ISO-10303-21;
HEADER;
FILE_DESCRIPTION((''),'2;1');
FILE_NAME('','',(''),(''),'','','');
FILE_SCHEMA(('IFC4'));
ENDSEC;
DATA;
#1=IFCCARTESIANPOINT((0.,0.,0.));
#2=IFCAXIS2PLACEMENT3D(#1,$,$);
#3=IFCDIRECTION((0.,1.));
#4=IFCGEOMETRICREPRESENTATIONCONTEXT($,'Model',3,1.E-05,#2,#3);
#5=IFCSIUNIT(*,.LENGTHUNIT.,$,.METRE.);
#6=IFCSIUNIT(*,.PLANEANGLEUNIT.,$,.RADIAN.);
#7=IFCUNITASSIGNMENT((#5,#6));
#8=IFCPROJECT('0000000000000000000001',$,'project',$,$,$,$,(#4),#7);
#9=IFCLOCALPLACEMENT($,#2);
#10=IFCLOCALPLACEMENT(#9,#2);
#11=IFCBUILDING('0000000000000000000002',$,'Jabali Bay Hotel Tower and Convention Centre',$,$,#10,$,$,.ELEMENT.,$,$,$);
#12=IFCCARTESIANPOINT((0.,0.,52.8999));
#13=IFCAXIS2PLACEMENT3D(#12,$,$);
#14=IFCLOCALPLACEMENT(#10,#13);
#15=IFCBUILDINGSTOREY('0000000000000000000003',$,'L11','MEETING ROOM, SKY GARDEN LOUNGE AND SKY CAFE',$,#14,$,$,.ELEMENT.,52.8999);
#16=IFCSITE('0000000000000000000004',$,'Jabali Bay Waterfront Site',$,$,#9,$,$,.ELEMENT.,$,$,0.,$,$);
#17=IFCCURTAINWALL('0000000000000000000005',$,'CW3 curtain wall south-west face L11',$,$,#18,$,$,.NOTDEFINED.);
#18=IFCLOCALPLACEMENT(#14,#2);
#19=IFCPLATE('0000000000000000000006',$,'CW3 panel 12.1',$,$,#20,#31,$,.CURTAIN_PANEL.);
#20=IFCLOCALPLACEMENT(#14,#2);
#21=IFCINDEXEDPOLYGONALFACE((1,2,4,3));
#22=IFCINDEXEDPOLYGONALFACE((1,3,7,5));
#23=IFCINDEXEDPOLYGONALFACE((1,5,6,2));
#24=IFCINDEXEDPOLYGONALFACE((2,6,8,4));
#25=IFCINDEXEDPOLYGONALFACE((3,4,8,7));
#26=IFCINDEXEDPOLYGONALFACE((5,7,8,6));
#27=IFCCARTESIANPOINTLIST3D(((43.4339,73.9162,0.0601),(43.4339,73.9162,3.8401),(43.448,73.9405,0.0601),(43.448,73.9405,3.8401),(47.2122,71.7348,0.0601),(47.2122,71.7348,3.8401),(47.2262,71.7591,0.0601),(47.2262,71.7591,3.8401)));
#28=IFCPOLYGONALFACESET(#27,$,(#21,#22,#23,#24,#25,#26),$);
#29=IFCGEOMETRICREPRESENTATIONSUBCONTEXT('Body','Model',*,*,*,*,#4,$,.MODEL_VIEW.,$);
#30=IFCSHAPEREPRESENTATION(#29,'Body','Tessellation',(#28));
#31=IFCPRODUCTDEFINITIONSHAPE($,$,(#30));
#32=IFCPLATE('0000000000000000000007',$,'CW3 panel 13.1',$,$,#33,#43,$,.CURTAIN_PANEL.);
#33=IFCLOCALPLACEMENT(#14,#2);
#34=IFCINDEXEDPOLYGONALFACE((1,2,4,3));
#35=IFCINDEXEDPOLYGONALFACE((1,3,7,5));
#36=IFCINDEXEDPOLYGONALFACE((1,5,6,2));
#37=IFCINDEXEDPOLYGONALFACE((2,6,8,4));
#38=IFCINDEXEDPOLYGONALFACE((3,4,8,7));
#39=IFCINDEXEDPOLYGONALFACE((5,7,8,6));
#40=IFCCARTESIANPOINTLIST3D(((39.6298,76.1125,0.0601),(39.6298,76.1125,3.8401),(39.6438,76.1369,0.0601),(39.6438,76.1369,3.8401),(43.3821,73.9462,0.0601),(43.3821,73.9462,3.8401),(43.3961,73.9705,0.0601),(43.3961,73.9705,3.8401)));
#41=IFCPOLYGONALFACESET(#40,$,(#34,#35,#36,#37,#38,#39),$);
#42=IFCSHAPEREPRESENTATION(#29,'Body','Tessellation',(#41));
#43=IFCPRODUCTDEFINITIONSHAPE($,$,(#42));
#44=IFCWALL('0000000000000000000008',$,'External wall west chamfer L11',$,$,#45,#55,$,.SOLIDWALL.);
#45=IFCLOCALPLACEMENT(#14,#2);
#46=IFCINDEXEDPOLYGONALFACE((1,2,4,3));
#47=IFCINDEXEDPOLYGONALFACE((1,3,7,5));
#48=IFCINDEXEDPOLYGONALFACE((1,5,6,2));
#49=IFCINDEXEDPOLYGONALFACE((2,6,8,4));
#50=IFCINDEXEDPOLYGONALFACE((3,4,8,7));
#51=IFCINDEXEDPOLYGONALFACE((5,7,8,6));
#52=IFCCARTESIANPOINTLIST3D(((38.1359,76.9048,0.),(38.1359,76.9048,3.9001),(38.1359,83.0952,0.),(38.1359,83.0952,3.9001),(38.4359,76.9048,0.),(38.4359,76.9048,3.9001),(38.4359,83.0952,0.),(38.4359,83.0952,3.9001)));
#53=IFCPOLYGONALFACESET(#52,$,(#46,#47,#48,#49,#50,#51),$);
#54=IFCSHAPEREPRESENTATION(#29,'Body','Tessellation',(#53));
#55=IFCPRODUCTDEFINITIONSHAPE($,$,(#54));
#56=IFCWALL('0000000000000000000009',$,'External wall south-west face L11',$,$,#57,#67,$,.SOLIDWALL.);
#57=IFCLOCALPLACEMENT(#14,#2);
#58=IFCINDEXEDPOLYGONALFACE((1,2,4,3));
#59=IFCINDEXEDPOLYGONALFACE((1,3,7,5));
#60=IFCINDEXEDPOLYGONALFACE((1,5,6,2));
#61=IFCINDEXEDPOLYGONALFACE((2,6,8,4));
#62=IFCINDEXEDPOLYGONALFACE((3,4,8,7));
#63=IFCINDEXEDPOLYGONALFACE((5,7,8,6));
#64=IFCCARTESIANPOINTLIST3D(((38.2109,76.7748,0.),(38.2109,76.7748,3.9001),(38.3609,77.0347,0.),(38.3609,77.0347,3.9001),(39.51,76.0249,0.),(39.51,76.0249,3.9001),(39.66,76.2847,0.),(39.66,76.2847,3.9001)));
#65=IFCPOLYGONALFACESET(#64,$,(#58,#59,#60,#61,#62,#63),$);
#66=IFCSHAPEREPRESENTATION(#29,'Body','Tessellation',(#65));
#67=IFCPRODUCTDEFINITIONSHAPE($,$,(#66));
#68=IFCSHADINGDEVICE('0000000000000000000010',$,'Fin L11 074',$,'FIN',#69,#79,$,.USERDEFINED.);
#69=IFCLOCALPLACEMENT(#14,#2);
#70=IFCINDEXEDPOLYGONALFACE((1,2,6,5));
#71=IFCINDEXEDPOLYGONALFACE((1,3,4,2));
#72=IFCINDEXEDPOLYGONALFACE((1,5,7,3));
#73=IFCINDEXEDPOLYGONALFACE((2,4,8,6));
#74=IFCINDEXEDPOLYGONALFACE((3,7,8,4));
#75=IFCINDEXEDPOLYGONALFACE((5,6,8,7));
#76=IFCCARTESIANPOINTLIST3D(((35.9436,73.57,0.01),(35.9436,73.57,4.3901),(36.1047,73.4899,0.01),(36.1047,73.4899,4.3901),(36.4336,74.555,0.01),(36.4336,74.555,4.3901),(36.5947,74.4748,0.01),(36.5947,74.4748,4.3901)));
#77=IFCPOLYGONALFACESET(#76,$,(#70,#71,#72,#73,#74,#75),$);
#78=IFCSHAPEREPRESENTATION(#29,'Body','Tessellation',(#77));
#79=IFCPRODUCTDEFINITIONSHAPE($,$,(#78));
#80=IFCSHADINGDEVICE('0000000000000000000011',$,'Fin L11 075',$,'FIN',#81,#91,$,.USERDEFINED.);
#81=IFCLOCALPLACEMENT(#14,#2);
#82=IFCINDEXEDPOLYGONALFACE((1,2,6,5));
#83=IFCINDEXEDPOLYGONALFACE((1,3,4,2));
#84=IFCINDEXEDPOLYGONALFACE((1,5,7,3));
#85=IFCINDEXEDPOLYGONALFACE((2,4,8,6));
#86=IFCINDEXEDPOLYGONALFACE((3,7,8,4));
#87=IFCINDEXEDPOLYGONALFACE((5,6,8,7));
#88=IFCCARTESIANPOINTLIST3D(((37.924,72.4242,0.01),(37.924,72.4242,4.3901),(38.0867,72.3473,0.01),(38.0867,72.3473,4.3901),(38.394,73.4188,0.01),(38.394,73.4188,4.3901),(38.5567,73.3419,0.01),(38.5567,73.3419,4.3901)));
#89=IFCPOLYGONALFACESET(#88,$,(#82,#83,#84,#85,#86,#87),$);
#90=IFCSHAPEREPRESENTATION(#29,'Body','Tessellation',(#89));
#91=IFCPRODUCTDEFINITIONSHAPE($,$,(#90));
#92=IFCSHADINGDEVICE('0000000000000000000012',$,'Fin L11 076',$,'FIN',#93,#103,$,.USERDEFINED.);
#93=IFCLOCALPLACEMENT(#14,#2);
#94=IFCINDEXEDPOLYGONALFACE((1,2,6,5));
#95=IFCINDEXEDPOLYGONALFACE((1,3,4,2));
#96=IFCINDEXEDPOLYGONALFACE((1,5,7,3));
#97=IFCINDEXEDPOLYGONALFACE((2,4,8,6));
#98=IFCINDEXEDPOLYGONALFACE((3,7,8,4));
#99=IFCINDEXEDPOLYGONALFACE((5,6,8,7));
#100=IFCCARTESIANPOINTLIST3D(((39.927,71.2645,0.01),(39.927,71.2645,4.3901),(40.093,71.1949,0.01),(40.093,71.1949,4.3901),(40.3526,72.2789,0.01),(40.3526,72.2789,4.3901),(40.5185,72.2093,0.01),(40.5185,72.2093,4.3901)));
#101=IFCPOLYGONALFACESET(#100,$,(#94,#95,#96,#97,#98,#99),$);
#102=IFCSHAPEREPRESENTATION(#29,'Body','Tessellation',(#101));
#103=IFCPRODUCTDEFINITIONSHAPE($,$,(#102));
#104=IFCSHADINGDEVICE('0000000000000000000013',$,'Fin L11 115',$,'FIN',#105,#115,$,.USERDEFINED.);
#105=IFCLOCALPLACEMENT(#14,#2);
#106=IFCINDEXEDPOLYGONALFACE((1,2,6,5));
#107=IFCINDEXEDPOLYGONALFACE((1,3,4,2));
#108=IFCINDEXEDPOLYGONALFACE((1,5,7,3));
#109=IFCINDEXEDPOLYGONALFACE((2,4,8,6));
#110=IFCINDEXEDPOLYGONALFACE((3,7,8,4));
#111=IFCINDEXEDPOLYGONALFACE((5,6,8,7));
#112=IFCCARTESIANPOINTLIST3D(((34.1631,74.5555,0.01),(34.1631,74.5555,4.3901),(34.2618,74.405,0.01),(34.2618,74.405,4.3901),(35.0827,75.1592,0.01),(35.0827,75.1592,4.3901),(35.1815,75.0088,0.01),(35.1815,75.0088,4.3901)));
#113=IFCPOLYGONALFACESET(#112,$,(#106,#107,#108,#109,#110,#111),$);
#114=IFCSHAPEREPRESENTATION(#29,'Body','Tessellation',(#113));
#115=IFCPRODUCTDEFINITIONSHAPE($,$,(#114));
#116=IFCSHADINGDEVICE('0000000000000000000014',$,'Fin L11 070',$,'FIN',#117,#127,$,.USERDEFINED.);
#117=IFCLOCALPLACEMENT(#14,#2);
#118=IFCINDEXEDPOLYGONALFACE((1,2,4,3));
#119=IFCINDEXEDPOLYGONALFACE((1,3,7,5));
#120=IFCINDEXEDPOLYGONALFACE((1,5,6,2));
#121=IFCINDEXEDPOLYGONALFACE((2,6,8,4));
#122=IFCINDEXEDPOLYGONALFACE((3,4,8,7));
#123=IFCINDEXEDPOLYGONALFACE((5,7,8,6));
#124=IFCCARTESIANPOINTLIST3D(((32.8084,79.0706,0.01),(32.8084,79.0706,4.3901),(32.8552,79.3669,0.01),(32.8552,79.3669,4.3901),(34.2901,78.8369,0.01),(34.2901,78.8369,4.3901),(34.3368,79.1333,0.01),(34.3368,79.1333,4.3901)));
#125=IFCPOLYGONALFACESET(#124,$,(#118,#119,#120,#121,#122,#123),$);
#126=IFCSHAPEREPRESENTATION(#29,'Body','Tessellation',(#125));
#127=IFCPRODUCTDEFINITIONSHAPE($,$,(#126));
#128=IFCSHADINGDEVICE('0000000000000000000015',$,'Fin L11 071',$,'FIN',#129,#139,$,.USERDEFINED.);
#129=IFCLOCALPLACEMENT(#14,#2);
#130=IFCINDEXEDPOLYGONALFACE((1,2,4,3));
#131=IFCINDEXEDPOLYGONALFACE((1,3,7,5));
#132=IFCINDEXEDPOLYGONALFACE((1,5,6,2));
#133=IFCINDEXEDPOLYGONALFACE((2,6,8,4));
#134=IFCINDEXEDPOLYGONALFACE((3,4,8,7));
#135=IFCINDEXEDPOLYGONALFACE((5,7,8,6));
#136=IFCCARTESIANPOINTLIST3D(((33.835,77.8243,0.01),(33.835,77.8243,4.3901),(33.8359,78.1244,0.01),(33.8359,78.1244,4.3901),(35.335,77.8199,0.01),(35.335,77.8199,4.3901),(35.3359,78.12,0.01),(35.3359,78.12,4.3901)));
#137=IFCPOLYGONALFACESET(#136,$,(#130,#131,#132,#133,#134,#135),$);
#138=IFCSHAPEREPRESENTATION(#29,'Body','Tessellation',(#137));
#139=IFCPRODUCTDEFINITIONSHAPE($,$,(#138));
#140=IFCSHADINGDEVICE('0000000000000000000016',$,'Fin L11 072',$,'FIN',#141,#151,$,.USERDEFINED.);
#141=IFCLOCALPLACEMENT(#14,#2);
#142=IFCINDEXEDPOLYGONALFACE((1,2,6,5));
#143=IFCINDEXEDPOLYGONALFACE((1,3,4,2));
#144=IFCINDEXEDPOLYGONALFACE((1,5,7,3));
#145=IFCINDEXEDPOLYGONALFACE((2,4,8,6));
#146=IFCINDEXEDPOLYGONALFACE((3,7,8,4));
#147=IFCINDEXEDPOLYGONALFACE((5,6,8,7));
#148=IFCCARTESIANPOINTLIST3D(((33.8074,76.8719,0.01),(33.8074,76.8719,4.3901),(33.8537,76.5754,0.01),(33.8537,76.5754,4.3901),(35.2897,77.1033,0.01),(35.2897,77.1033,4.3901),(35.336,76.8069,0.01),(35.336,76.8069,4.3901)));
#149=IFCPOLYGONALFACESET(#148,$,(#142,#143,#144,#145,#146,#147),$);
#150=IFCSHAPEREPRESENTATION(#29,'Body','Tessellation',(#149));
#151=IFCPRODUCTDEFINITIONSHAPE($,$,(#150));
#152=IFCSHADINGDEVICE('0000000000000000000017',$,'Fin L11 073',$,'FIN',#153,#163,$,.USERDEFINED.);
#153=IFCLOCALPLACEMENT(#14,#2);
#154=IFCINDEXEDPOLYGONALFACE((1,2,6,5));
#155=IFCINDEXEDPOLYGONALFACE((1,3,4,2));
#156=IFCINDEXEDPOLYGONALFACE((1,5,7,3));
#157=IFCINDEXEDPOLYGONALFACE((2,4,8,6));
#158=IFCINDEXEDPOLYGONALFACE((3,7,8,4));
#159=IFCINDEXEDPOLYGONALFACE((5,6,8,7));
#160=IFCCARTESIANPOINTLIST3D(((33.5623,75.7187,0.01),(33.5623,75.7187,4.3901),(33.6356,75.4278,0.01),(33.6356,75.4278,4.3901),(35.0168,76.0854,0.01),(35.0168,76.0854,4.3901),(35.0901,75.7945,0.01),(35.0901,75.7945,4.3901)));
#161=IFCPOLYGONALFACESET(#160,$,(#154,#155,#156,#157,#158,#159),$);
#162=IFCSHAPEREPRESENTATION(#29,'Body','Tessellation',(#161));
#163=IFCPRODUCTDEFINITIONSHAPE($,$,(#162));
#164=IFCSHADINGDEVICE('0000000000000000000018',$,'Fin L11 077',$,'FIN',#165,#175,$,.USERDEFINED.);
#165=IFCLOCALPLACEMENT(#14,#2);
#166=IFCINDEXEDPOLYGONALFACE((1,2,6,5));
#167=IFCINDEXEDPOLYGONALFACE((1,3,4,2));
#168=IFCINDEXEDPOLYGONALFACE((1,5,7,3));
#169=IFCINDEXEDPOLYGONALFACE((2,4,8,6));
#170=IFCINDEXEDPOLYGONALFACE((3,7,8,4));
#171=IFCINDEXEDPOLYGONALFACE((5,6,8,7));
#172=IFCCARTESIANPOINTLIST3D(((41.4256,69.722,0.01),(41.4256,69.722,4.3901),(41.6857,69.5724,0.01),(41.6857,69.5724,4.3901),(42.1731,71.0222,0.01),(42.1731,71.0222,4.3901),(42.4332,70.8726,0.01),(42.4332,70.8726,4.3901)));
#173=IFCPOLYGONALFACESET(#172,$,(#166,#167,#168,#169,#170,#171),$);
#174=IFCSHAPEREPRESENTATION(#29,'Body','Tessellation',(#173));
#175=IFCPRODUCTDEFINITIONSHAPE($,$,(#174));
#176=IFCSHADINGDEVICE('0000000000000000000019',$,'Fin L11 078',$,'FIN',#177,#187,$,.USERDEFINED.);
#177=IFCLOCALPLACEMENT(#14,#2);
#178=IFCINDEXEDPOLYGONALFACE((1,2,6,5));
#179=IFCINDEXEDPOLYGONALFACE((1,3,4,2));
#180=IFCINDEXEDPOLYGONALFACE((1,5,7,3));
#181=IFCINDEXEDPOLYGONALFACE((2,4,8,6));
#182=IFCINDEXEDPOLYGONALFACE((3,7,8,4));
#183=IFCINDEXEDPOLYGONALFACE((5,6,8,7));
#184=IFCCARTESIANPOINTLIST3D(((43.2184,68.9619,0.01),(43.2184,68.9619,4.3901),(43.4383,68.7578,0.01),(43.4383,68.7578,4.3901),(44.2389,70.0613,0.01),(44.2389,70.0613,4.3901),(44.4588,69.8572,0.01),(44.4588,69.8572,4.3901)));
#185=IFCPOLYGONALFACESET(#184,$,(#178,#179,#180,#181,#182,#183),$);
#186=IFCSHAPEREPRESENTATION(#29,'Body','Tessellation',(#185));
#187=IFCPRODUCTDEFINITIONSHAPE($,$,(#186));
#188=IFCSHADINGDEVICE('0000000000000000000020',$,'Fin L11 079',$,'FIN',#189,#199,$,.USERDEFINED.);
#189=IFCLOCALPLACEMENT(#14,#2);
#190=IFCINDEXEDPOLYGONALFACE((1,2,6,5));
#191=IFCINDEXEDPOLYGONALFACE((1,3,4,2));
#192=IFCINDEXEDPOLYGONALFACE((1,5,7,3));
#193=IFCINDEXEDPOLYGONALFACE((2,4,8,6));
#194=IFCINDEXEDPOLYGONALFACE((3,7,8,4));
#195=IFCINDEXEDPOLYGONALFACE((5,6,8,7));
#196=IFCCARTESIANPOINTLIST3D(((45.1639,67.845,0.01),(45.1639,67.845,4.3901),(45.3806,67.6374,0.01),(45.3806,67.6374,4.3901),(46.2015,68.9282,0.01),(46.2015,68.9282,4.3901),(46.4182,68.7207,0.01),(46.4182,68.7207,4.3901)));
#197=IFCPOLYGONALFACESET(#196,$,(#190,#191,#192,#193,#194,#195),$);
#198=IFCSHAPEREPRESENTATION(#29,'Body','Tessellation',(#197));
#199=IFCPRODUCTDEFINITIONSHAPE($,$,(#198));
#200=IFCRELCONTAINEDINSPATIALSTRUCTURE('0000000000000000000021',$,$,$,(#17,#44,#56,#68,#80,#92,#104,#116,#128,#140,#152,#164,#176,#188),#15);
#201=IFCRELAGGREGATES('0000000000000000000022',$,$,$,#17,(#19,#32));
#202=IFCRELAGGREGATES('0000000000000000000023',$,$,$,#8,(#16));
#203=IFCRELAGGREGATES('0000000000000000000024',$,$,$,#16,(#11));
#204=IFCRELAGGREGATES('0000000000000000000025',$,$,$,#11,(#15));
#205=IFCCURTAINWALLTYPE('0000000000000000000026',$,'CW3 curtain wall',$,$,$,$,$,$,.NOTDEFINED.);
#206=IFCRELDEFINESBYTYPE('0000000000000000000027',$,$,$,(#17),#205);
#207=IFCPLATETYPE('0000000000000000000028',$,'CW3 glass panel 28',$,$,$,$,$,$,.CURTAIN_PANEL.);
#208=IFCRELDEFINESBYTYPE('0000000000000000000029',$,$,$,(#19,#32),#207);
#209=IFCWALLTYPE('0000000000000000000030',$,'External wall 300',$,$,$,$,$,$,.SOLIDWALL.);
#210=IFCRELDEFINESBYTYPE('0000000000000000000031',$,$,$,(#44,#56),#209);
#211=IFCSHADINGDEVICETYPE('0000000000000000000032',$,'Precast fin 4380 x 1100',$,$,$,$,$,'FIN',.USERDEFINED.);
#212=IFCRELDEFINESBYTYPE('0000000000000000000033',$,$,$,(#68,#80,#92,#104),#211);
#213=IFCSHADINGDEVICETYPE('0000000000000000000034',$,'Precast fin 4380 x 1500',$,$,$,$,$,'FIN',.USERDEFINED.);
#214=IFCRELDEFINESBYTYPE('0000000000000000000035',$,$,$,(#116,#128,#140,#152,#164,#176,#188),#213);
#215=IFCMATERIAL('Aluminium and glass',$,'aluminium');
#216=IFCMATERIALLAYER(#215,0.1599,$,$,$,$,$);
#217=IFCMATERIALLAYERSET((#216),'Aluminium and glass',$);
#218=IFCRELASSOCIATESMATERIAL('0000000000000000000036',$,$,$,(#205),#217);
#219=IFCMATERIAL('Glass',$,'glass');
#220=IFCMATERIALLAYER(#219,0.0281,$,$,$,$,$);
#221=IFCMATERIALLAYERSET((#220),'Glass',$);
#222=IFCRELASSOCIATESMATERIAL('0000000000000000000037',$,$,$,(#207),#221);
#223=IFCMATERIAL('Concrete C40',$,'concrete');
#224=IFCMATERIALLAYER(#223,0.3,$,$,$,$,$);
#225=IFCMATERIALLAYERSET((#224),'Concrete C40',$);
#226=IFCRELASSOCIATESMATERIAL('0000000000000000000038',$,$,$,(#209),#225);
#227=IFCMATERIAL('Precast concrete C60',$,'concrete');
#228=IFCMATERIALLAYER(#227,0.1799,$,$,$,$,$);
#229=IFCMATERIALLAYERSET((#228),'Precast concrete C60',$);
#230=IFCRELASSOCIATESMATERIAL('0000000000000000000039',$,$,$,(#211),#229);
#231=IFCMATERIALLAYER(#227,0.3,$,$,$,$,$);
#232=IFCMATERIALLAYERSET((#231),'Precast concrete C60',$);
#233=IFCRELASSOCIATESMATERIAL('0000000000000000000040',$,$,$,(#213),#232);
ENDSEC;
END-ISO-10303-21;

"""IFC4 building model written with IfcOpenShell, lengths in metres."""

from ifc_helpers import new_model, si_unit, direction, frame, frame_2d, origin, origin_2d, place, context, subcontext, project, spatial, rectangle, extrude, material, layer, layer_set, type_object, element, aggregate, save


model = new_model("IFC4")

# Units and contexts
model_context = context("Model", 3, precision=1e-05, world=origin(), true_north=direction((0.0, 1.0)))
body_context = subcontext(model_context, "Body", "Model", "MODEL_VIEW")
ifc_project = project(units=[si_unit("LENGTHUNIT", "METRE"), si_unit("PLANEANGLEUNIT", "RADIAN")], contexts=[model_context])

# Site, building, storey
site_placement = place(None, origin())
site = spatial("IfcSite", under=ifc_project, at=site_placement, Name="Jabali Bay Waterfront Site", CompositionType="ELEMENT", RefElevation=0.0)
building_placement = place(site_placement, origin())
building = spatial("IfcBuilding", under=site, at=building_placement, Name="Jabali Bay Hotel Tower and Convention Centre", CompositionType="ELEMENT")
storey_placement = place(building_placement, frame((0.0, 0.0, 52.8999)))
storey = spatial("IfcBuildingStorey", under=building, at=storey_placement, Name="L11", Description="MEETING ROOM, SKY GARDEN LOUNGE AND SKY CAFE", CompositionType="ELEMENT", Elevation=52.8999)

# Curtain wall
ifc_material_1 = material(Name="Aluminium and glass", Category="aluminium")
ifc_layer_1 = layer(ifc_material_1, 0.1599)
ifc_layer_set_1 = layer_set([ifc_layer_1], Name="Aluminium and glass")
curtain_wall_type = type_object("IfcCurtainWallType", Name="CW3 curtain wall", PredefinedType="NOTDEFINED", material=ifc_layer_set_1)
curtain_wall_placement = place(storey_placement, origin())
curtain_wall = element("IfcCurtainWall", 1, at=curtain_wall_placement, inside=storey, type_object=curtain_wall_type, Name="CW3 curtain wall south-west face L11", PredefinedType="NOTDEFINED")

# Plates
ifc_material_2 = material(Name="Glass", Category="glass")
ifc_layer_2 = layer(ifc_material_2, 0.0281)
ifc_layer_set_2 = layer_set([ifc_layer_2], Name="Glass")
plate_type = type_object("IfcPlateType", Name="CW3 glass panel 28", PredefinedType="CURTAIN_PANEL", material=ifc_layer_set_2)
plate_1_placement = place(storey_placement, frame((45.3301, 72.8376, 0.0601), z_axis=(0.0, 0.0, 1.0), x_axis=(-0.866025, 0.5, 0.0)))
plate_1 = element("IfcPlate", 2, at=plate_1_placement, type_object=plate_type, Name="CW3 panel 12.1", PredefinedType="CURTAIN_PANEL", context=body_context, shape_type="SweptSolid", body=[
    extrude(rectangle(XDim=4.3628, YDim=0.0281, at=origin_2d()), origin(), (0.0, 0.0, 1.0), 3.78),
])
plate_2_placement = place(storey_placement, frame((41.5129, 75.0415, 0.0601), z_axis=(0.0, 0.0, 1.0), x_axis=(-0.866025, 0.5, 0.0)))
plate_2 = element("IfcPlate", 3, at=plate_2_placement, type_object=plate_type, Name="CW3 panel 13.1", PredefinedType="CURTAIN_PANEL", context=body_context, shape_type="SweptSolid", body=[
    extrude(rectangle(XDim=4.3328, YDim=0.0281, at=origin_2d()), origin(), (0.0, 0.0, 1.0), 3.78),
])
aggregate(curtain_wall, [plate_1, plate_2])

# Walls
ifc_material_3 = material(Name="Concrete C40", Category="concrete")
ifc_layer_3 = layer(ifc_material_3, 0.3)
ifc_layer_set_3 = layer_set([ifc_layer_3], Name="Concrete C40")
wall_type = type_object("IfcWallType", Name="External wall 300", PredefinedType="SOLIDWALL", material=ifc_layer_set_3)
wall_1_placement = place(storey_placement, frame((38.2859, 76.9048, 0.0), z_axis=(0.0, 0.0, 1.0), x_axis=(0.0, 1.0, 0.0)))
element("IfcWall", 4, at=wall_1_placement, inside=storey, type_object=wall_type, Name="External wall west chamfer L11", PredefinedType="SOLIDWALL", context=body_context, shape_type="SweptSolid", body=[
    extrude(rectangle(XDim=6.1904, YDim=0.3, at=frame_2d((3.0952, 0.0))), origin(), (0.0, 0.0, 1.0), 3.9001),
])
wall_2_placement = place(storey_placement, frame((39.585, 76.1548, 0.0), z_axis=(0.0, 0.0, 1.0), x_axis=(-0.866031, 0.49999, 0.0)))
element("IfcWall", 5, at=wall_2_placement, inside=storey, type_object=wall_type, Name="External wall south-west face L11", PredefinedType="SOLIDWALL", context=body_context, shape_type="SweptSolid", body=[
    extrude(rectangle(XDim=1.5, YDim=0.3, at=frame_2d((0.75, 0.0))), origin(), (0.0, 0.0, 1.0), 3.9001),
])

# Shading devices
ifc_material_4 = material(Name="Precast concrete C60", Category="concrete")
ifc_layer_4 = layer(ifc_material_4, 0.1799)
ifc_layer_set_4 = layer_set([ifc_layer_4], Name="Precast concrete C60")
shading_device_type_1 = type_object("IfcShadingDeviceType", Name="Precast fin 4380 x 1100", ElementType="FIN", PredefinedType="USERDEFINED", material=ifc_layer_set_4)
for number, where, z_axis, x_axis, name in (
    (6, (36.5142, 74.5149, 0.01), (0.0, 0.0, 1.0), (-0.445437, -0.895313, 0.0), "Fin L11 074"),
    (7, (38.4753, 73.3804, 0.01), (0.0, 0.0, 1.0), (-0.427218, -0.904149, 0.0), "Fin L11 075"),
    (8, (40.4355, 72.2441, 0.01), (0.0, 0.0, 1.0), (-0.386836, -0.922148, 0.0), "Fin L11 076"),
    (9, (35.1321, 75.084, 0.01), (0.0, 0.0, 1.0), (-0.835956, -0.548797, 0.0), "Fin L11 115"),
):
    element("IfcShadingDevice", number, at=place(storey_placement, frame(where, z_axis=z_axis, x_axis=x_axis)), inside=storey, type_object=shading_device_type_1, Name=name, ObjectType="FIN", PredefinedType="USERDEFINED", context=body_context, shape_type="SweptSolid", body=[
        extrude(rectangle(XDim=1.1001, YDim=0.1799, at=frame_2d((0.55, 0.0))), origin(), (0.0, 0.0, 1.0), 4.3801),
    ])
ifc_layer_5 = layer(ifc_material_4, 0.3)
ifc_layer_set_5 = layer_set([ifc_layer_5], Name="Precast concrete C60")
shading_device_type_2 = type_object("IfcShadingDeviceType", Name="Precast fin 4380 x 1500", ElementType="FIN", PredefinedType="USERDEFINED", material=ifc_layer_set_5)
for number, where, z_axis, x_axis, name in (
    (10, (34.3135, 78.9851, 0.01), (0.0, 0.0, 1.0), (-0.987795, 0.155762, 0.0), "Fin L11 070"),
    (11, (35.3354, 77.97, 0.01), (0.0, 0.0, 1.0), (-0.999996, 0.00293, 0.0), "Fin L11 071"),
):
    element("IfcShadingDevice", number, at=place(storey_placement, frame(where, z_axis=z_axis, x_axis=x_axis)), inside=storey, type_object=shading_device_type_2, Name=name, ObjectType="FIN", PredefinedType="USERDEFINED", context=body_context, shape_type="SweptSolid", body=[
        extrude(rectangle(XDim=1.5, YDim=0.3, at=frame_2d((0.75, 0.0))), origin(), (0.0, 0.0, 1.0), 4.3801),
    ])
shading_device_1_placement = place(storey_placement, frame((35.3127, 76.9551, 0.01), z_axis=(0.0, 0.0, 1.0), x_axis=(-0.988027, -0.154283, 0.0)))
element("IfcShadingDevice", 12, at=shading_device_1_placement, inside=storey, type_object=shading_device_type_2, Name="Fin L11 072", ObjectType="FIN", PredefinedType="USERDEFINED", context=body_context, shape_type="SweptSolid", body=[
    extrude(rectangle(XDim=1.5002, YDim=0.3, at=frame_2d((0.75, 0.0))), origin(), (0.0, 0.0, 1.0), 4.3801),
])
shading_device_2_placement = place(storey_placement, frame((35.0535, 75.9399, 0.01), z_axis=(0.0, 0.0, 1.0), x_axis=(-0.969662, -0.24445, 0.0)))
element("IfcShadingDevice", 13, at=shading_device_2_placement, inside=storey, type_object=shading_device_type_2, Name="Fin L11 073", ObjectType="FIN", PredefinedType="USERDEFINED", context=body_context, shape_type="SweptSolid", body=[
    extrude(rectangle(XDim=1.5, YDim=0.3, at=frame_2d((0.75, 0.0))), origin(), (0.0, 0.0, 1.0), 4.3801),
])
shading_device_3_placement = place(storey_placement, frame((42.3032, 70.9475, 0.01), z_axis=(0.0, 0.0, 1.0), x_axis=(-0.498416, -0.866938, 0.0)))
element("IfcShadingDevice", 14, at=shading_device_3_placement, inside=storey, type_object=shading_device_type_2, Name="Fin L11 077", ObjectType="FIN", PredefinedType="USERDEFINED", context=body_context, shape_type="SweptSolid", body=[
    extrude(rectangle(XDim=1.4998, YDim=0.3, at=frame_2d((0.75, 0.0))), origin(), (0.0, 0.0, 1.0), 4.3801),
])
for number, where, z_axis, x_axis, name in (
    (15, (44.3489, 69.9592, 0.01), (0.0, 0.0, 1.0), (-0.680332, -0.732904, 0.0), "Fin L11 078"),
    (16, (46.3098, 68.8245, 0.01), (0.0, 0.0, 1.0), (-0.691725, -0.722161, 0.0), "Fin L11 079"),
):
    element("IfcShadingDevice", number, at=place(storey_placement, frame(where, z_axis=z_axis, x_axis=x_axis)), inside=storey, type_object=shading_device_type_2, Name=name, ObjectType="FIN", PredefinedType="USERDEFINED", context=body_context, shape_type="SweptSolid", body=[
        extrude(rectangle(XDim=1.5, YDim=0.3, at=frame_2d((0.75, 0.0))), origin(), (0.0, 0.0, 1.0), 4.3801),
    ])

save(model, "model.ifc")
